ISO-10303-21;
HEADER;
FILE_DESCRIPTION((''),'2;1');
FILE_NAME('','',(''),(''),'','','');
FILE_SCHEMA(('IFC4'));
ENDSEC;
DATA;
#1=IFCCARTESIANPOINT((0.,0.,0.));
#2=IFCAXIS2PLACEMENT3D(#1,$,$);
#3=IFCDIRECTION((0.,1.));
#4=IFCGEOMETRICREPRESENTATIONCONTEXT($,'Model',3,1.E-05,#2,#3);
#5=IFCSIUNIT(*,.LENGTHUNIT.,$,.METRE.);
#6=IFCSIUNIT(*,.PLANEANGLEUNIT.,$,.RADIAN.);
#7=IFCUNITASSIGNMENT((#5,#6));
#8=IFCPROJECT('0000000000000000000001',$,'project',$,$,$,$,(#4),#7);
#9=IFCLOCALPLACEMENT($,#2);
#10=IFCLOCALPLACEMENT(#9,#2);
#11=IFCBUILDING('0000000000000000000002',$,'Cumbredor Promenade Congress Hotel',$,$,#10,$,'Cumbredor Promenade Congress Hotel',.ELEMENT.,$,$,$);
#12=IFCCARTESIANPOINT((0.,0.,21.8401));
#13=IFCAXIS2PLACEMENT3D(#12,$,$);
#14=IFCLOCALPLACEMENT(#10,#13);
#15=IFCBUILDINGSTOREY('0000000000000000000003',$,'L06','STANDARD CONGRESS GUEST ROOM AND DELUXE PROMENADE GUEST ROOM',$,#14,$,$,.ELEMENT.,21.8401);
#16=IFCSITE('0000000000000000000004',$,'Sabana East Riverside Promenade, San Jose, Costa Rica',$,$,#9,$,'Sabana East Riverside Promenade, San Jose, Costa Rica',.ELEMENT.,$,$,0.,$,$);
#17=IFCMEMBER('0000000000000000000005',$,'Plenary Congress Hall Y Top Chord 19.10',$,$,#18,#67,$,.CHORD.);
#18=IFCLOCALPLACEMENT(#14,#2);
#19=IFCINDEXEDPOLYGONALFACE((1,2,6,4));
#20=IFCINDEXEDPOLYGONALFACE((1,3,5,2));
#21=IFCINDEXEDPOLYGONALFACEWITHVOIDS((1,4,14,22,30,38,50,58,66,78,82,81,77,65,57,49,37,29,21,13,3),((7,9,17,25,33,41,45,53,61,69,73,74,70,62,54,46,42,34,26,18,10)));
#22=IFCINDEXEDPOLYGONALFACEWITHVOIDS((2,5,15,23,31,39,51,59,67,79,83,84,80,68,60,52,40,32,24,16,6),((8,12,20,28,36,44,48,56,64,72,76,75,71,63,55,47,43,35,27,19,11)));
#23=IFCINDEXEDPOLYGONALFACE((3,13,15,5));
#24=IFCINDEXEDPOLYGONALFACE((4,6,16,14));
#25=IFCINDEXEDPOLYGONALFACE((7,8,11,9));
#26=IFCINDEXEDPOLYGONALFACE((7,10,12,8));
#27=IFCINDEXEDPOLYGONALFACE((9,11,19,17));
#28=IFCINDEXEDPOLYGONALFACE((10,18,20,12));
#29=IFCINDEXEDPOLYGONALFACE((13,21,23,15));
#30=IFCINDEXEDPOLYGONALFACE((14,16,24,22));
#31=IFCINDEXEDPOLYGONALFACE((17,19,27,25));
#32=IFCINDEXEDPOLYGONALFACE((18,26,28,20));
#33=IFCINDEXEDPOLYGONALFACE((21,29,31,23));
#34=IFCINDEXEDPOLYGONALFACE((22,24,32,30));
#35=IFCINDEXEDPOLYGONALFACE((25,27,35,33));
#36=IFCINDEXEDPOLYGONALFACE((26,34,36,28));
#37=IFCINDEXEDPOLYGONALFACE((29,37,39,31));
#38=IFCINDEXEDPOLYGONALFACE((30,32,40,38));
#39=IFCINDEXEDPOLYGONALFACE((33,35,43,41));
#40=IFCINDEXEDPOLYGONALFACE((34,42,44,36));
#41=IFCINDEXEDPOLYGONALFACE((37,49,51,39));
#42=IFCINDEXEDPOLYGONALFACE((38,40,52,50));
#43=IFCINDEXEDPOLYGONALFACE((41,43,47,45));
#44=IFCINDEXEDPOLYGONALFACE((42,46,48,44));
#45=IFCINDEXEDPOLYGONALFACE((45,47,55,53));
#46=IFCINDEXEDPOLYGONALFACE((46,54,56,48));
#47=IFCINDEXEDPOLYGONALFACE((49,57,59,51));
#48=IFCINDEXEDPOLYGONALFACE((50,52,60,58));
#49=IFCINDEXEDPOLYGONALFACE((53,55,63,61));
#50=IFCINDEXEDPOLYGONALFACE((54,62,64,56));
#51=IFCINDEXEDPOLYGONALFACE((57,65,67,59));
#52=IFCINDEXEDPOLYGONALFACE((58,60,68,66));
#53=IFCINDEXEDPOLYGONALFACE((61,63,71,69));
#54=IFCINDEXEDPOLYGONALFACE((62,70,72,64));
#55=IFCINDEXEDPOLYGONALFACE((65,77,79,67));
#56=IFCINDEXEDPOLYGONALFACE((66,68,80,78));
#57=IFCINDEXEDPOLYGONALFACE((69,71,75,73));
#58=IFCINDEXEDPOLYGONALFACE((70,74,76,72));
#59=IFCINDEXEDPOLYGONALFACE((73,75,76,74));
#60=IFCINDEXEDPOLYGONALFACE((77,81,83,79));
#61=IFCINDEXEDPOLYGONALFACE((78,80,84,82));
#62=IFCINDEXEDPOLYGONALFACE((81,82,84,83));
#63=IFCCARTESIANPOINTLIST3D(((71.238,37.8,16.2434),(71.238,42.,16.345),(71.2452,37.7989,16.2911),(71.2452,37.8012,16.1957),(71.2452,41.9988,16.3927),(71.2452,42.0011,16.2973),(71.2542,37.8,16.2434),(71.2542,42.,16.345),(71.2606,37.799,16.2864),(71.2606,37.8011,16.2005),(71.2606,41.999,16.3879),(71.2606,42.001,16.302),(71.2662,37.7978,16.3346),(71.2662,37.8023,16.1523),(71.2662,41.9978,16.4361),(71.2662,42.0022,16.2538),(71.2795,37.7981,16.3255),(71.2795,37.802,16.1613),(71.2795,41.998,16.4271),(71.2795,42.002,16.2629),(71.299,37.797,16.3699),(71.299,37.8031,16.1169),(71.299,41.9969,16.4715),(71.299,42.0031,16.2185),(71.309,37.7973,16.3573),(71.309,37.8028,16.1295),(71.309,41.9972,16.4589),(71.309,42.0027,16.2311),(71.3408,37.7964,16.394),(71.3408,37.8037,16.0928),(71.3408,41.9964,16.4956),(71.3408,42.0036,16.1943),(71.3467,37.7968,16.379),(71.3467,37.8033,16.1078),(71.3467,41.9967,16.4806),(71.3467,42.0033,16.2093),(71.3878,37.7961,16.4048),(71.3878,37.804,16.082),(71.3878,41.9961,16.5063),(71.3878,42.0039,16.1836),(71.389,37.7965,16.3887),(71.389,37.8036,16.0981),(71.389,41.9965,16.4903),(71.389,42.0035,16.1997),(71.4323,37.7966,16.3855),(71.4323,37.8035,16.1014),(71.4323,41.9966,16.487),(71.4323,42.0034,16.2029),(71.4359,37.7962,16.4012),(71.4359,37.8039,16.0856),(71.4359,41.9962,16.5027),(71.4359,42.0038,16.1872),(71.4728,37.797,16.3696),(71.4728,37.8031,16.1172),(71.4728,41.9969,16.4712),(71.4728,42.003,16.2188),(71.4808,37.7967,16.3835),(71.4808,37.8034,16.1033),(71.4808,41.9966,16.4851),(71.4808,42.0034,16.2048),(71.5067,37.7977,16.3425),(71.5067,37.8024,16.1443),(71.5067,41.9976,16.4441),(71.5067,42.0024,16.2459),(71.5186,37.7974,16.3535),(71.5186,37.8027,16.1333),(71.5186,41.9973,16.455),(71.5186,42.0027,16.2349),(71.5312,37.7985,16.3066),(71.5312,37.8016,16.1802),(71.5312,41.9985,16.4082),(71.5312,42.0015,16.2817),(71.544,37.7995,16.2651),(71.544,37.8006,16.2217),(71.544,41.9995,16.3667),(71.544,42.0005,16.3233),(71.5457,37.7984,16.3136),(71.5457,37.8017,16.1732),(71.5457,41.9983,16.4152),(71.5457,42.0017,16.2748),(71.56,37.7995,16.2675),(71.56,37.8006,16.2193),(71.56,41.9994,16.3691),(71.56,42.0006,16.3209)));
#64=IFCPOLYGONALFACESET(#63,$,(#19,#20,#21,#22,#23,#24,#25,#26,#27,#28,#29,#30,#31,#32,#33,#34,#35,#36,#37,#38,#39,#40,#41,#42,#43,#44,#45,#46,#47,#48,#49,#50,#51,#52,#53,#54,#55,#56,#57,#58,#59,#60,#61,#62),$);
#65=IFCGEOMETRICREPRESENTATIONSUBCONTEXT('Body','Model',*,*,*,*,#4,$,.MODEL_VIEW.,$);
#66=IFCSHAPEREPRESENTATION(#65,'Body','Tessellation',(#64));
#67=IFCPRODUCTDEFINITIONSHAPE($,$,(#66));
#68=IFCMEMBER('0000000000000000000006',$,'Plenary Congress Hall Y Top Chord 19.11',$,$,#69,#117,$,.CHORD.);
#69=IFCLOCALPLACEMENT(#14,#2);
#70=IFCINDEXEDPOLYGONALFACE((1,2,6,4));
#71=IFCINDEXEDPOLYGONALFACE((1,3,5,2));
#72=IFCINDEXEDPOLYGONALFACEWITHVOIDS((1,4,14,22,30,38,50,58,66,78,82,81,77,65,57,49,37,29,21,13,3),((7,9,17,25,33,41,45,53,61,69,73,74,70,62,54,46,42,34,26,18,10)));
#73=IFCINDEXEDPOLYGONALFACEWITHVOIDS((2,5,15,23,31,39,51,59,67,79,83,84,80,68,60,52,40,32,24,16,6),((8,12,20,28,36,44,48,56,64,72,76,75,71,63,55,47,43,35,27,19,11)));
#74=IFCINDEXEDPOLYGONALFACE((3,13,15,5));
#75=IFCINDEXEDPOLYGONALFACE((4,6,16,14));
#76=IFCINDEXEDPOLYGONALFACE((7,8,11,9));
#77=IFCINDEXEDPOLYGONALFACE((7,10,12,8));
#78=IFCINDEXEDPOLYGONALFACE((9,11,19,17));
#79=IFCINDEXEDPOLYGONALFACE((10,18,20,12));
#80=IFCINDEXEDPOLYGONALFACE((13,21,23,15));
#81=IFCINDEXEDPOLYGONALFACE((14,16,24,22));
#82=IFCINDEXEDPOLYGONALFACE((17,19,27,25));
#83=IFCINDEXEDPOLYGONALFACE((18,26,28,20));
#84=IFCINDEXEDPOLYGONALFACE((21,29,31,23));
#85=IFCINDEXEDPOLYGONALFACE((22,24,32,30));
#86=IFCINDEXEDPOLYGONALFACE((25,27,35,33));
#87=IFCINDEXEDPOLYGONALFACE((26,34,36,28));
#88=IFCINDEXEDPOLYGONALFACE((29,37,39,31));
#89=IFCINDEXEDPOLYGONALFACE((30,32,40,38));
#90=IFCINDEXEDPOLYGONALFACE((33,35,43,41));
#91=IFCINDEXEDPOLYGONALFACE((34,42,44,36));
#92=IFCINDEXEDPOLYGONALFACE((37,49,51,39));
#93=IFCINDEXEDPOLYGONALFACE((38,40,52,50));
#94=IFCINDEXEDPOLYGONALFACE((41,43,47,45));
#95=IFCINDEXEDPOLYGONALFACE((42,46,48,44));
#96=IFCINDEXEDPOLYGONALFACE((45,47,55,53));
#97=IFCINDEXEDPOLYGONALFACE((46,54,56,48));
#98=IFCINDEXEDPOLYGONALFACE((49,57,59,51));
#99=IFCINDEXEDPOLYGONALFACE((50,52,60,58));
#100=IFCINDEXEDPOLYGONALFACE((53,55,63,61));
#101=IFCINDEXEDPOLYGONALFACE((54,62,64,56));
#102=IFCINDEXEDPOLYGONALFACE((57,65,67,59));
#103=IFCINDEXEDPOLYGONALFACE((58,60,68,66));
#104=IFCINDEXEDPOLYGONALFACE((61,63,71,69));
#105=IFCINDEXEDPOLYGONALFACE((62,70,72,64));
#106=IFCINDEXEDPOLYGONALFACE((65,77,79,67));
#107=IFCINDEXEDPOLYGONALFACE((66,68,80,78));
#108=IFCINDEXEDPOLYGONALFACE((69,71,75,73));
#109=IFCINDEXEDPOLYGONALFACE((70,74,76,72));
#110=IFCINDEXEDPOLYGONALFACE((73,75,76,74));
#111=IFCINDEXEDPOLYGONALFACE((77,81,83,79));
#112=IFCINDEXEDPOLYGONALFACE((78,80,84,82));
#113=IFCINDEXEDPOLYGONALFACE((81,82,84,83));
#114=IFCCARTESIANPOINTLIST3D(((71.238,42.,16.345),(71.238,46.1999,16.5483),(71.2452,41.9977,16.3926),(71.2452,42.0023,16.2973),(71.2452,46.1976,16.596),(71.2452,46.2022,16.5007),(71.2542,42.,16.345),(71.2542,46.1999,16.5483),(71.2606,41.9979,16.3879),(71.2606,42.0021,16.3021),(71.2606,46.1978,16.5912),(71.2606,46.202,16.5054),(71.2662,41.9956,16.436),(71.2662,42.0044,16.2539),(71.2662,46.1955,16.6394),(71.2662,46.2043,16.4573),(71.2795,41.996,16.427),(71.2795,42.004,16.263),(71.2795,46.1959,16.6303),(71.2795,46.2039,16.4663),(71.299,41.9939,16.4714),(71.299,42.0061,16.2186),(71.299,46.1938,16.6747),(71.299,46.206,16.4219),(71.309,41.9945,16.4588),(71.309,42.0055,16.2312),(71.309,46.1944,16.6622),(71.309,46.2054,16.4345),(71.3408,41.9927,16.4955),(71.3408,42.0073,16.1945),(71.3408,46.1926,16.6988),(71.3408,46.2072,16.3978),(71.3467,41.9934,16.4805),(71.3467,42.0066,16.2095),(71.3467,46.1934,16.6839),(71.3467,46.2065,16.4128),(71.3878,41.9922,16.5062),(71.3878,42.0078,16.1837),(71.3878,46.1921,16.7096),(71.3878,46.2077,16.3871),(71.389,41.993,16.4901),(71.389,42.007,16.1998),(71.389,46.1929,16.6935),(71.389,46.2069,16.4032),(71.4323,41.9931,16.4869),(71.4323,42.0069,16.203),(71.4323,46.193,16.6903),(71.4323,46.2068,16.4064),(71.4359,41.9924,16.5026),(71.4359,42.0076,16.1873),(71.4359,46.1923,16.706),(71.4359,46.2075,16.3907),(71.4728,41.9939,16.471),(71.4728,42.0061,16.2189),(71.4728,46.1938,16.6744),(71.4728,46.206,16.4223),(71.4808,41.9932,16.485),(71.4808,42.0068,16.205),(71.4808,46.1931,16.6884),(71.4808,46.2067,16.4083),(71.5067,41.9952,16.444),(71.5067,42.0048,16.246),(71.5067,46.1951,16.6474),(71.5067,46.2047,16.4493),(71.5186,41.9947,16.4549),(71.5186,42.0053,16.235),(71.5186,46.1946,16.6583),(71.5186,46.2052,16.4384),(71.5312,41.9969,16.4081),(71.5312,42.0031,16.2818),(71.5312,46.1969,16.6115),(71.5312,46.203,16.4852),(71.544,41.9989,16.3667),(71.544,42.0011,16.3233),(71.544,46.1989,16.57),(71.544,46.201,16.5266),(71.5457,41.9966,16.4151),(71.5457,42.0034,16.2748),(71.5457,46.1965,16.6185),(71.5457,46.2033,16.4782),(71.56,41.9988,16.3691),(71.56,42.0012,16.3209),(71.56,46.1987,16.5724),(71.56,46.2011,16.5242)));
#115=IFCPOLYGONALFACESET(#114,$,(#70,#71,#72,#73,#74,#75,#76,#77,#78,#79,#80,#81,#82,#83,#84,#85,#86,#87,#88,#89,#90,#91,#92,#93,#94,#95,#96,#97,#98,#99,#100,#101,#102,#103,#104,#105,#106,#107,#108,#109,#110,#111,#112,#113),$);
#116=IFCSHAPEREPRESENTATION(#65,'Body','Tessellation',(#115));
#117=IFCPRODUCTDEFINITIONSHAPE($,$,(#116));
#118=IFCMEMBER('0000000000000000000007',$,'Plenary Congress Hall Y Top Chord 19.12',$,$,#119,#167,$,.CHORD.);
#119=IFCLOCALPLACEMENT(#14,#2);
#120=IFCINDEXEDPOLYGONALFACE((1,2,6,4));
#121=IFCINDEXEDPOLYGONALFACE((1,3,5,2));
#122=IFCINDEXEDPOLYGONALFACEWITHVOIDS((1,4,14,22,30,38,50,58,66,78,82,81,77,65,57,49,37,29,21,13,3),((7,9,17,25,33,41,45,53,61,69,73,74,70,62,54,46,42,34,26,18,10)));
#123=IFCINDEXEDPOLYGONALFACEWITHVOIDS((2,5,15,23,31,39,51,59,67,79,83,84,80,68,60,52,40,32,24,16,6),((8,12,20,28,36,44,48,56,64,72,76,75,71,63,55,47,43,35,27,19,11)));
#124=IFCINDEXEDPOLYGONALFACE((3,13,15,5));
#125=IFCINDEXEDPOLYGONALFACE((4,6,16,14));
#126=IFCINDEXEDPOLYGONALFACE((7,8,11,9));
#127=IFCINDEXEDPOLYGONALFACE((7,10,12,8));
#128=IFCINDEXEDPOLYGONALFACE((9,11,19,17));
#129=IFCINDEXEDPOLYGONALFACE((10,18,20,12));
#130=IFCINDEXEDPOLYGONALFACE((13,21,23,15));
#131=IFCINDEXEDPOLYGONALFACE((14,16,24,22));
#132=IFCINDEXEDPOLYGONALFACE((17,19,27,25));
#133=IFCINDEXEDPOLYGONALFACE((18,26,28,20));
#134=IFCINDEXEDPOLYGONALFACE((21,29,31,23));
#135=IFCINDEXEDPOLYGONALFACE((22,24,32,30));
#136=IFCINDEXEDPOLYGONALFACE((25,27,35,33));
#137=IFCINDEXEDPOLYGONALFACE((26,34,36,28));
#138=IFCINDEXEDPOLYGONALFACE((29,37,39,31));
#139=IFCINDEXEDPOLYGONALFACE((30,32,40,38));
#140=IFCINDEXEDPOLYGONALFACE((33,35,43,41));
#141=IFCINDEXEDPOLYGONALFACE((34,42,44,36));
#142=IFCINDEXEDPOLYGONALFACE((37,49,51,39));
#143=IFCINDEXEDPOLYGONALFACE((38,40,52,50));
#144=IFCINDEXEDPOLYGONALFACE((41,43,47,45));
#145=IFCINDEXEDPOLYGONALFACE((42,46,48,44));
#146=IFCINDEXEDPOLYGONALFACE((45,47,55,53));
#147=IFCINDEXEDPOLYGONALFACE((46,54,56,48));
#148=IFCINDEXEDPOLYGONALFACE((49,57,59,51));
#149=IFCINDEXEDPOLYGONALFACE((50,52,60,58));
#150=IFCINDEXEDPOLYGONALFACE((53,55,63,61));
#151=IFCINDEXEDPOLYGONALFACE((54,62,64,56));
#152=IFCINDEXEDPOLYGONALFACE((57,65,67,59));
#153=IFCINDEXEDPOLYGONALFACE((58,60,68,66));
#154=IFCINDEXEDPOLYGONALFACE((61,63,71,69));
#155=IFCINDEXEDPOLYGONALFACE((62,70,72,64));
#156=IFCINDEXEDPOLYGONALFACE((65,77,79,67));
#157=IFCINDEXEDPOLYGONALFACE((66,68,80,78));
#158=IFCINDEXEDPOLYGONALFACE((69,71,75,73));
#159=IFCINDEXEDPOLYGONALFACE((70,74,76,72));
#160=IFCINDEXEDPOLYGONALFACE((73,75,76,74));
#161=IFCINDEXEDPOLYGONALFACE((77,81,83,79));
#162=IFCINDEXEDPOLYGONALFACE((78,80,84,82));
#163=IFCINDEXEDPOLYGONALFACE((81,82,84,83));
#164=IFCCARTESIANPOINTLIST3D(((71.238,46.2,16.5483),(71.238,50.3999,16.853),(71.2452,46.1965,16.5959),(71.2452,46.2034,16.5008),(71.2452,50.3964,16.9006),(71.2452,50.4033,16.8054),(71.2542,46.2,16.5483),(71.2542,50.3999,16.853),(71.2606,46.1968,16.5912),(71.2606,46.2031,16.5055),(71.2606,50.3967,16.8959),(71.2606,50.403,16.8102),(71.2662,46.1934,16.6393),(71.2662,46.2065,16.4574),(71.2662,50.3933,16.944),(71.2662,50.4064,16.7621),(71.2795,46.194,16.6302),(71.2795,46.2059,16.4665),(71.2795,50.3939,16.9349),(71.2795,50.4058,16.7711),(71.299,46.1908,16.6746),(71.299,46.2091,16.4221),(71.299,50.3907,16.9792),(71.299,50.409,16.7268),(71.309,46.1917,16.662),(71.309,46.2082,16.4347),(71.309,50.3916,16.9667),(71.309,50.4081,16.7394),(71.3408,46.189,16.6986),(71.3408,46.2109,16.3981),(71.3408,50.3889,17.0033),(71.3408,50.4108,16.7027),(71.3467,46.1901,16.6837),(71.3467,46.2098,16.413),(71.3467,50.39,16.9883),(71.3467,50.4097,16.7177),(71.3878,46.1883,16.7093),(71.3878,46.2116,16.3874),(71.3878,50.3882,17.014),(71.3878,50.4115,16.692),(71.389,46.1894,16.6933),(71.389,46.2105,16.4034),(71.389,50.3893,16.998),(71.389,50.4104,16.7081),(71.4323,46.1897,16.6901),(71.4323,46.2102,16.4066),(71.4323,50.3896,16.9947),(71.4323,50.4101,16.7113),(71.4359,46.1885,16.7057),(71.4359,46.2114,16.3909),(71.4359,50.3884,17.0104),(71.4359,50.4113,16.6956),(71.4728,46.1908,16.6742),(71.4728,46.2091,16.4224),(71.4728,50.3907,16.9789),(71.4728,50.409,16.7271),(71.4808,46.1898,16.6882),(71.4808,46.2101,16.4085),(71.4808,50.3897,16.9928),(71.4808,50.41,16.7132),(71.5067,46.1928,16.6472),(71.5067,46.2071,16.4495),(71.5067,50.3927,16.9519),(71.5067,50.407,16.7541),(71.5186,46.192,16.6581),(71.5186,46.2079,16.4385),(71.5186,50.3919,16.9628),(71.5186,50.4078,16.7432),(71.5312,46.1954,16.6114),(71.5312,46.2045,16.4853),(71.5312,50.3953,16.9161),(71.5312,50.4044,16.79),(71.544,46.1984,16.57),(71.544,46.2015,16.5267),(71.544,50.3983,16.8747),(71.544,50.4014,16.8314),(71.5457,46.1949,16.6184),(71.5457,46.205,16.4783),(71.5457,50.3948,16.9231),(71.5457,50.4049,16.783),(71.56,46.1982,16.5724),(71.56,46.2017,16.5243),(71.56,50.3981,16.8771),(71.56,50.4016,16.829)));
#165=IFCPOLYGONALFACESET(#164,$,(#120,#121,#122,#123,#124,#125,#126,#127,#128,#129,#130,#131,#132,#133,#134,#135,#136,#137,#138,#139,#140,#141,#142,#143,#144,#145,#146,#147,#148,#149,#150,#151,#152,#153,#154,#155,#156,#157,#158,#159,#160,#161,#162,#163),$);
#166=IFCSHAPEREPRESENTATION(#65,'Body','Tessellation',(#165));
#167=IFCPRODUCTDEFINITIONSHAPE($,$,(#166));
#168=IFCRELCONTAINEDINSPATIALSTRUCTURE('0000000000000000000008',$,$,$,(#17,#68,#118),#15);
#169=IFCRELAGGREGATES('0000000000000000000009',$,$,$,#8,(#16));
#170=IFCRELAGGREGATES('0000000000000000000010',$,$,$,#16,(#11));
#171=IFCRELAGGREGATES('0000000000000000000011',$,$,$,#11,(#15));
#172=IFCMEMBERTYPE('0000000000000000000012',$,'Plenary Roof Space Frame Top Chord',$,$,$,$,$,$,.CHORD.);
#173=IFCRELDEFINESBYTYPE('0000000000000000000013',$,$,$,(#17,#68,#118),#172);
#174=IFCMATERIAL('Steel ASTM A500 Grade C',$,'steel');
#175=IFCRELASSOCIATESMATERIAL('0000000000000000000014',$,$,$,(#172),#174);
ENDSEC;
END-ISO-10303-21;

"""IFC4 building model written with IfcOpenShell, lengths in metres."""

from ifc_helpers import new_model, si_unit, direction, frame, origin, origin_2d, place, context, subcontext, project, spatial, hollow_circle, extrude, material, material_profile, profile_set, type_object, element, save


model = new_model("IFC4")

# Units and contexts
model_context = context("Model", 3, precision=1e-05, world=origin(), true_north=direction((0.0, 1.0)))
body_context = subcontext(model_context, "Body", "Model", "MODEL_VIEW")
ifc_project = project(units=[si_unit("LENGTHUNIT", "METRE"), si_unit("PLANEANGLEUNIT", "RADIAN")], contexts=[model_context])

# Site, building, storey
site_placement = place(None, origin())
site = spatial("IfcSite", under=ifc_project, at=site_placement, Name="Sabana East Riverside Promenade, San Jose, Costa Rica", LongName="Sabana East Riverside Promenade, San Jose, Costa Rica", CompositionType="ELEMENT", RefElevation=0.0)
building_placement = place(site_placement, origin())
building = spatial("IfcBuilding", under=site, at=building_placement, Name="Cumbredor Promenade Congress Hotel", LongName="Cumbredor Promenade Congress Hotel", CompositionType="ELEMENT")
storey_placement = place(building_placement, frame((0.0, 0.0, 21.8401)))
storey = spatial("IfcBuildingStorey", under=building, at=storey_placement, Name="L06", Description="STANDARD CONGRESS GUEST ROOM AND DELUXE PROMENADE GUEST ROOM", CompositionType="ELEMENT", Elevation=21.8401)

# Members
ifc_material_1 = material(Name="Steel ASTM A500 Grade C", Category="steel")
ifc_material_profile_1 = material_profile(ifc_material_1, hollow_circle(Radius=0.1619, WallThickness=0.0161, at=origin_2d()), Name="CHS 323.9x16")
ifc_profile_set_1 = profile_set([ifc_material_profile_1], Name="Steel ASTM A500 Grade C")
member_type_1 = type_object("IfcMemberType", Name="Plenary Roof Space Frame Top Chord", PredefinedType="CHORD", material=ifc_profile_set_1)
member_1_placement = place(storey_placement, frame((71.3999, 37.8, 16.2434), z_axis=(0.0, 0.999708, 0.024175), x_axis=(-1.0, 0.0, 0.0)))
element("IfcMember", 1, at=member_1_placement, inside=storey, type_object=member_type_1, Name="Plenary Congress Hall Y Top Chord 19.10", PredefinedType="CHORD", context=body_context, shape_type="SweptSolid", body=[
    extrude(hollow_circle(Radius=0.1619, WallThickness=0.0161, at=origin_2d()), origin(), (0.0, 0.0, 1.0), 4.2012),
])
member_2_placement = place(storey_placement, frame((71.3999, 42.0, 16.345), z_axis=(0.0, 0.99883, 0.048365), x_axis=(-1.0, 0.0, 0.0)))
element("IfcMember", 2, at=member_2_placement, inside=storey, type_object=member_type_1, Name="Plenary Congress Hall Y Top Chord 19.11", PredefinedType="CHORD", context=body_context, shape_type="SweptSolid", body=[
    extrude(hollow_circle(Radius=0.1619, WallThickness=0.0161, at=origin_2d()), origin(), (0.0, 0.0, 1.0), 4.2048),
])
member_3_placement = place(storey_placement, frame((71.3999, 46.2, 16.5483), z_axis=(0.0, 0.997379, 0.072355), x_axis=(-1.0, 0.0, 0.0)))
element("IfcMember", 3, at=member_3_placement, inside=storey, type_object=member_type_1, Name="Plenary Congress Hall Y Top Chord 19.12", PredefinedType="CHORD", context=body_context, shape_type="SweptSolid", body=[
    extrude(hollow_circle(Radius=0.1619, WallThickness=0.0161, at=origin_2d()), origin(), (0.0, 0.0, 1.0), 4.2109),
])

save(model, "model.ifc")
